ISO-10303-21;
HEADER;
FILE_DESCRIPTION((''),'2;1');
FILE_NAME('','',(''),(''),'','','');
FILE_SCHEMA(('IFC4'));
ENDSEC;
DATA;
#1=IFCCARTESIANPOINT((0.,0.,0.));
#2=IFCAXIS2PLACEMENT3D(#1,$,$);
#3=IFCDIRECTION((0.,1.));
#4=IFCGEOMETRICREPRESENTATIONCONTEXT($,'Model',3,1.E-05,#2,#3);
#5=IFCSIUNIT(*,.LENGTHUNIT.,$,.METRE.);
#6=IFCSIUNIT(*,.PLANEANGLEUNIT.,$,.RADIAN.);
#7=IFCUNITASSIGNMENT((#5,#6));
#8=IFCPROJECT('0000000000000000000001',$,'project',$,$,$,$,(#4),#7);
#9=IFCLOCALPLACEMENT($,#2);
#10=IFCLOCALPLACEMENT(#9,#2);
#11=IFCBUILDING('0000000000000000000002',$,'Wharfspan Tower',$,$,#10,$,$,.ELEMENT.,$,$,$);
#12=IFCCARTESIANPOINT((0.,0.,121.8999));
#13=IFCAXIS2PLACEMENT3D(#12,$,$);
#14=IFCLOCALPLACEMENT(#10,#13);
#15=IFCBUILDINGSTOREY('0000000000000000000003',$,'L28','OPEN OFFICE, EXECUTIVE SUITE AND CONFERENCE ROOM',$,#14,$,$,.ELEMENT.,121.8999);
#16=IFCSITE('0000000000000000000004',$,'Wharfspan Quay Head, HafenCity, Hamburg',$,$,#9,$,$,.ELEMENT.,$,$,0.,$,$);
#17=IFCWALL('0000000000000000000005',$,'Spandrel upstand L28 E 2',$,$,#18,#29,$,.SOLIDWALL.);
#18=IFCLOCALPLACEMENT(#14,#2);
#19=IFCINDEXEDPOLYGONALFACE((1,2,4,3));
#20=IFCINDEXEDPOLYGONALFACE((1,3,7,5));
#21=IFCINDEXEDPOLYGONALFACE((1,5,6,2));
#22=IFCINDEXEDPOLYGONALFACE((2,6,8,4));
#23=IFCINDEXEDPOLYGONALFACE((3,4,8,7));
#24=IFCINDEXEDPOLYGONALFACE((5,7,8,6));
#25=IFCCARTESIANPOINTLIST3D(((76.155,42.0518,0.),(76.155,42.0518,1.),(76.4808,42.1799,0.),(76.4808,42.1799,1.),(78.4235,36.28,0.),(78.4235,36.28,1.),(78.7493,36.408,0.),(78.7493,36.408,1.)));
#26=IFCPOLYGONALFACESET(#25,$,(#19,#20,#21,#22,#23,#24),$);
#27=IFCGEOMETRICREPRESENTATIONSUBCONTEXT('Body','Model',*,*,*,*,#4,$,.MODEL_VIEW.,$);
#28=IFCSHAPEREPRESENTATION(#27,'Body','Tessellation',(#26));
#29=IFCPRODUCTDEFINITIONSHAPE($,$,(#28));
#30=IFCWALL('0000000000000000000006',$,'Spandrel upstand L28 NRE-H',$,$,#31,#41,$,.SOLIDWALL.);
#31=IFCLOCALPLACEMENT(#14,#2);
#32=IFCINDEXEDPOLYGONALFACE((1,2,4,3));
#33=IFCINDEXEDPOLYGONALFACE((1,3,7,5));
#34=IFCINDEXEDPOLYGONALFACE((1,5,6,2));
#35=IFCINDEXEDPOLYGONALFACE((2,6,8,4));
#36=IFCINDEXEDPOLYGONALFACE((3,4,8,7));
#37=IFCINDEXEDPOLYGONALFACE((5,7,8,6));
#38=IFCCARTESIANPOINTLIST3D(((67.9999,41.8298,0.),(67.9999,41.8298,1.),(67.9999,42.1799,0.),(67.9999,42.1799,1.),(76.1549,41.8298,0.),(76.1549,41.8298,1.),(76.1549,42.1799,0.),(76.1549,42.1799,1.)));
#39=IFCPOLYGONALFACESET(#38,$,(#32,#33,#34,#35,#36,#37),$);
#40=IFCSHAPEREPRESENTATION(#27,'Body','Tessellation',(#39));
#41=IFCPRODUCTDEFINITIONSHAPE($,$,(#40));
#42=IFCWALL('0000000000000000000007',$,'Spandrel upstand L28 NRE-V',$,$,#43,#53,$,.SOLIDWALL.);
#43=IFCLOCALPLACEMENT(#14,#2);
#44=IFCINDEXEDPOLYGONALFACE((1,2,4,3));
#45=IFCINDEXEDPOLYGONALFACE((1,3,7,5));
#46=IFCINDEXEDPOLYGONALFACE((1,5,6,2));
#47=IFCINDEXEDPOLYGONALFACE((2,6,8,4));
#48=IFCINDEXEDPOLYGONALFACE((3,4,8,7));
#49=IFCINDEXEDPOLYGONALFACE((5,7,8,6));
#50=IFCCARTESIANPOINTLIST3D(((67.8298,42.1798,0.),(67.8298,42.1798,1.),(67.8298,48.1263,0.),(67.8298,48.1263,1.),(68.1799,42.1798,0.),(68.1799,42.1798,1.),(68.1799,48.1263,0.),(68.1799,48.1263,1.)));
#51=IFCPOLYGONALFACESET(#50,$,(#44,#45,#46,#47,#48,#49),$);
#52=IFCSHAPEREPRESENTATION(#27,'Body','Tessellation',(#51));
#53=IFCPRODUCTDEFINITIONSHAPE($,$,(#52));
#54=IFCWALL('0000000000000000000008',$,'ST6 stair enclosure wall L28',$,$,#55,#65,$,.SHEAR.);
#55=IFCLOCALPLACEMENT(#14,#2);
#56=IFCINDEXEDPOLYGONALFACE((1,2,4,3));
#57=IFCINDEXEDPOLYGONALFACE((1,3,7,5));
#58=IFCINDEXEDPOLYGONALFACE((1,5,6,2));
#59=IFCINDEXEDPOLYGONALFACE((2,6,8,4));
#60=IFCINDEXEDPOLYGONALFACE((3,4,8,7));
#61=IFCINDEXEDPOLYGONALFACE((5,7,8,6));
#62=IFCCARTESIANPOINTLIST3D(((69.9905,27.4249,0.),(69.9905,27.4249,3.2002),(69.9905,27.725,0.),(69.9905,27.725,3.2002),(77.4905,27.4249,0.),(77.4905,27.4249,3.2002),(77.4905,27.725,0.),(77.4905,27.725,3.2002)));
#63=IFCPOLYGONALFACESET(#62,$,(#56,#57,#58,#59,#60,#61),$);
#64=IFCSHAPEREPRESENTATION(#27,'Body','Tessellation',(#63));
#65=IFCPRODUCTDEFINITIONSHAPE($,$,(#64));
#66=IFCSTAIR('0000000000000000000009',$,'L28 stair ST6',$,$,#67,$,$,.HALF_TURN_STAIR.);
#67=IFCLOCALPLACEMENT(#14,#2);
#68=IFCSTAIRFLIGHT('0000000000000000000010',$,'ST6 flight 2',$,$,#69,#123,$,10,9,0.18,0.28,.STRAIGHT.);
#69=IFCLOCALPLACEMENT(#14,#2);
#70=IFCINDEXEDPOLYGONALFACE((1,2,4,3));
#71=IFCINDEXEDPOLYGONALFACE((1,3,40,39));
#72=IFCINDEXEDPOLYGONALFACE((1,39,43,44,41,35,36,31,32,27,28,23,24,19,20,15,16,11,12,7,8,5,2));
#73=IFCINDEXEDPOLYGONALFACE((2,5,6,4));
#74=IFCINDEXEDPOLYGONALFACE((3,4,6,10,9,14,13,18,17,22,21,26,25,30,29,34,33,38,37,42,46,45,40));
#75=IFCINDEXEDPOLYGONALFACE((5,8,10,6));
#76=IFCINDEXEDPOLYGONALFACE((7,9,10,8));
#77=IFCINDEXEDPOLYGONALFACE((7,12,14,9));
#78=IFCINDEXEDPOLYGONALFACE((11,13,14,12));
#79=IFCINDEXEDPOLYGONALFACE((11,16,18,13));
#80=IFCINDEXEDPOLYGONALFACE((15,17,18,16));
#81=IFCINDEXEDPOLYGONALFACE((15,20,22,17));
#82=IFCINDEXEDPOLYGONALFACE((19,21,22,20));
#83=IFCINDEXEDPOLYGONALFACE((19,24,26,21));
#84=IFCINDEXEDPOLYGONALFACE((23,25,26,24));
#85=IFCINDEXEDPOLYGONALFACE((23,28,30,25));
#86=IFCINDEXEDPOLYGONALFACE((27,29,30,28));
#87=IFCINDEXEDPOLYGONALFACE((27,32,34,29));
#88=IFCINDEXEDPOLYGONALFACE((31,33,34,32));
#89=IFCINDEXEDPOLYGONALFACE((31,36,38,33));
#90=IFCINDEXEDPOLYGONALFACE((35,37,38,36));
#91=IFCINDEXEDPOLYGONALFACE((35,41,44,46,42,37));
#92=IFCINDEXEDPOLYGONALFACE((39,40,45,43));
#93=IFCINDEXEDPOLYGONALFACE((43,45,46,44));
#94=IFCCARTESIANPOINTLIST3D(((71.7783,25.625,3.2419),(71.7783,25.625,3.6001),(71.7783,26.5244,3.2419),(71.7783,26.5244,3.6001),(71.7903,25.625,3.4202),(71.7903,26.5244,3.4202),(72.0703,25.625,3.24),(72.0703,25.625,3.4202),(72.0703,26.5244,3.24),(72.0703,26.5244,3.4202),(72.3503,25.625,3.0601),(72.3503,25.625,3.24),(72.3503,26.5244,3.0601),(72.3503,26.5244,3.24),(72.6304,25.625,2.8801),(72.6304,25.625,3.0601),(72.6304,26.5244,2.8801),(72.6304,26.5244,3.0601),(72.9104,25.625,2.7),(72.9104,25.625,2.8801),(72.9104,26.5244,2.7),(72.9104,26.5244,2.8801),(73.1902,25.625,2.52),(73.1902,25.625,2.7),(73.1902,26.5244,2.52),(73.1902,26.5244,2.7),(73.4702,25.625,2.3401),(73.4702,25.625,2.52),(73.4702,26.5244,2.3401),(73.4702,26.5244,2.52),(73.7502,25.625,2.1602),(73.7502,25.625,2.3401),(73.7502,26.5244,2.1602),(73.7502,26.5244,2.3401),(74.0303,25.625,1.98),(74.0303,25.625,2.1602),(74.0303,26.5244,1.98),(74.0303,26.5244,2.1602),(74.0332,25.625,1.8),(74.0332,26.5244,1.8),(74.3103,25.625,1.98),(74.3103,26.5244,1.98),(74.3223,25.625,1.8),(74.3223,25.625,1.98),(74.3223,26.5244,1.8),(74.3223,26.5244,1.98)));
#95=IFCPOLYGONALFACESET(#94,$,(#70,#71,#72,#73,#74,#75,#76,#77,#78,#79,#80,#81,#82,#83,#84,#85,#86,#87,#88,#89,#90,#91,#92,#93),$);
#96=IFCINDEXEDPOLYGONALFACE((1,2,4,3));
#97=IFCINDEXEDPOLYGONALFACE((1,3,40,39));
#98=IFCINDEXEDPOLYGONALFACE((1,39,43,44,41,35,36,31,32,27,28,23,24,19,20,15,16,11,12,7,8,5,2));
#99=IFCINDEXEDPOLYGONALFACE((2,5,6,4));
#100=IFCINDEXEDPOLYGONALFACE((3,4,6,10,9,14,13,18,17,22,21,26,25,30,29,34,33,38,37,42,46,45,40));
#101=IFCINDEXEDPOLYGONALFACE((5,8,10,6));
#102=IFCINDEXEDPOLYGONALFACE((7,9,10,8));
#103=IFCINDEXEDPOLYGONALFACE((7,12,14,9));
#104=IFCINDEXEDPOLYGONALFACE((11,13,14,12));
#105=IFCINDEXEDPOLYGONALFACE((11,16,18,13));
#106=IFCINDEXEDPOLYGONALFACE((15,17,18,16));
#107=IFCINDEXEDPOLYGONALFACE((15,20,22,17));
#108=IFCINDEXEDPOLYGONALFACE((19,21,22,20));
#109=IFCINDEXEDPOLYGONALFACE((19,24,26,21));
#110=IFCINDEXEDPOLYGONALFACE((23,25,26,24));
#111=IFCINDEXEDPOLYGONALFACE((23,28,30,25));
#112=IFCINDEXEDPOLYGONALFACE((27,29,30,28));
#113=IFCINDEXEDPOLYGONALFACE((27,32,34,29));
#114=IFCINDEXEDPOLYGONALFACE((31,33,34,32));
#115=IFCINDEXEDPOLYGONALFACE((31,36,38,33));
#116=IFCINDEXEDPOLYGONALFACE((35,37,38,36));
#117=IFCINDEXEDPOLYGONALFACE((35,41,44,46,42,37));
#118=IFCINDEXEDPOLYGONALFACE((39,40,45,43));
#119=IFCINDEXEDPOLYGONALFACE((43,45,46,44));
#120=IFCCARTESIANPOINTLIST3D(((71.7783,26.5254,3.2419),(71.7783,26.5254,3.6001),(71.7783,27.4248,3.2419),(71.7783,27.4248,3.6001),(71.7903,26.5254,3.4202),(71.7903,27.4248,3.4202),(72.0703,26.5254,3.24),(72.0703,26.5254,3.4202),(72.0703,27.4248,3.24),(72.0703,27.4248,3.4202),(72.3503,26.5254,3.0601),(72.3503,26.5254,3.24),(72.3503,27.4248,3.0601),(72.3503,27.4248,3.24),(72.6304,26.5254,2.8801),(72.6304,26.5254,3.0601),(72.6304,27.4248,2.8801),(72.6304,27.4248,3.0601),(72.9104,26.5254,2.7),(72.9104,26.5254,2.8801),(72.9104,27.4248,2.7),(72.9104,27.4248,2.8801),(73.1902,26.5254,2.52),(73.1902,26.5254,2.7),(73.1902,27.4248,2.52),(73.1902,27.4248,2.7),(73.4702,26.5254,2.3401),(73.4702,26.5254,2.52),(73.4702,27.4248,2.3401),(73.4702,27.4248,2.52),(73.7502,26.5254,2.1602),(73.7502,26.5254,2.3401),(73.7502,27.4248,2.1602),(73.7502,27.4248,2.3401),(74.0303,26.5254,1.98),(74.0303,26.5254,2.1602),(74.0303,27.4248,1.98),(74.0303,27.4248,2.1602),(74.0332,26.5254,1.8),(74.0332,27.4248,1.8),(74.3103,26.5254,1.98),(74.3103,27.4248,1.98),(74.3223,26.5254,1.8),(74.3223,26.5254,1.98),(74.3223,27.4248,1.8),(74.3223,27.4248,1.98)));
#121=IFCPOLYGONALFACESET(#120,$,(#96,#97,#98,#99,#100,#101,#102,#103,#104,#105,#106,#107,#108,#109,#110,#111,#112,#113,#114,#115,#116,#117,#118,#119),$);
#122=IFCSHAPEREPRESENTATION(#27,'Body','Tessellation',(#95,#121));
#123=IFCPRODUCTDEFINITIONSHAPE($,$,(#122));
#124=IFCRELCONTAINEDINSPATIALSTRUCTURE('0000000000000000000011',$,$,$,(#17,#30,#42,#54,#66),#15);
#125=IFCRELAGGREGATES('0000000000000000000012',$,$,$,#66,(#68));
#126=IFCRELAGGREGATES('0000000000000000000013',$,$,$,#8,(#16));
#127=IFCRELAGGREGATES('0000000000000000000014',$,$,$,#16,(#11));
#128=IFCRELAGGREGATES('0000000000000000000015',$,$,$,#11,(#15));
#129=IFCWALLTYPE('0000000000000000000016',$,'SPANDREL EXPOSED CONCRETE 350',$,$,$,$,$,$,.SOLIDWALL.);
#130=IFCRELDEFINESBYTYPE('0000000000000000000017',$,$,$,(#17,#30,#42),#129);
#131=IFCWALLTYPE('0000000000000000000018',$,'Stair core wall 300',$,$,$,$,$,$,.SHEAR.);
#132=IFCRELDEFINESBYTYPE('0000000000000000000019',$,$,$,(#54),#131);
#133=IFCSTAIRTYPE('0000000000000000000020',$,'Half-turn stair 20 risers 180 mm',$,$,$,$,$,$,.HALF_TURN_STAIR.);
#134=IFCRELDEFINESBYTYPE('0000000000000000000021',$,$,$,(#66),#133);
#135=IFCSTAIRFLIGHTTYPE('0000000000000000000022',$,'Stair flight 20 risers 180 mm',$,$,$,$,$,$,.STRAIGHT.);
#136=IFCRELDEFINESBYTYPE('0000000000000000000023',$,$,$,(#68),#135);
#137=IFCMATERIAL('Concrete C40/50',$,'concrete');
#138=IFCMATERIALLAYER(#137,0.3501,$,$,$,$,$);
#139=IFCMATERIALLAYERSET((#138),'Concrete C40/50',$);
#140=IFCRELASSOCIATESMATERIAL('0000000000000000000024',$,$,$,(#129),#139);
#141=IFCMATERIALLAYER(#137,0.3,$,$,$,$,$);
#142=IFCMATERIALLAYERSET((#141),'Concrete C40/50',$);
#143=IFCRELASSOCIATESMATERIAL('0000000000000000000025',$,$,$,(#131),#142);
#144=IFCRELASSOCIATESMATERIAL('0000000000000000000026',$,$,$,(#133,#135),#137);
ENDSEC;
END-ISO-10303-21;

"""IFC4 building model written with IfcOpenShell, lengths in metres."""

from ifc_helpers import new_model, si_unit, direction, frame, frame_2d, origin, place, context, subcontext, project, spatial, polyline, rectangle, outline, extrude, material, layer, layer_set, type_object, element, aggregate, save


model = new_model("IFC4")

# Units and contexts
model_context = context("Model", 3, precision=1e-05, world=origin(), true_north=direction((0.0, 1.0)))
body_context = subcontext(model_context, "Body", "Model", "MODEL_VIEW")
ifc_project = project(units=[si_unit("LENGTHUNIT", "METRE"), si_unit("PLANEANGLEUNIT", "RADIAN")], contexts=[model_context])

# Site, building, storey
site_placement = place(None, origin())
site = spatial("IfcSite", under=ifc_project, at=site_placement, Name="Wharfspan Quay Head, HafenCity, Hamburg", CompositionType="ELEMENT", RefElevation=0.0)
building_placement = place(site_placement, origin())
building = spatial("IfcBuilding", under=site, at=building_placement, Name="Wharfspan Tower", CompositionType="ELEMENT")
storey_placement = place(building_placement, frame((0.0, 0.0, 121.8999)))
storey = spatial("IfcBuildingStorey", under=building, at=storey_placement, Name="L28", Description="OPEN OFFICE, EXECUTIVE SUITE AND CONFERENCE ROOM", CompositionType="ELEMENT", Elevation=121.8999)

# Walls
ifc_material_1 = material(Name="Concrete C40/50", Category="concrete")
ifc_layer_1 = layer(ifc_material_1, 0.3501)
ifc_layer_set_1 = layer_set([ifc_layer_1], Name="Concrete C40/50")
wall_type_1 = type_object("IfcWallType", Name="SPANDREL EXPOSED CONCRETE 350", PredefinedType="SOLIDWALL", material=ifc_layer_set_1)
wall_1_placement = place(storey_placement, frame((78.5864, 36.344, 0.0), z_axis=(0.0, 0.0, 1.0), x_axis=(-0.365792, 0.930699, 0.0)))
element("IfcWall", 1, at=wall_1_placement, inside=storey, type_object=wall_type_1, Name="Spandrel upstand L28 E 2", PredefinedType="SOLIDWALL", context=body_context, shape_type="SweptSolid", body=[
    extrude(rectangle(XDim=6.2017, YDim=0.3501, at=frame_2d((3.1008, 0.0))), origin(), (0.0, 0.0, 1.0), 1.0),
])
wall_2_placement = place(storey_placement, frame((76.155, 42.0049, 0.0), z_axis=(0.0, 0.0, 1.0), x_axis=(-1.0, 0.0, 0.0)))
element("IfcWall", 2, at=wall_2_placement, inside=storey, type_object=wall_type_1, Name="Spandrel upstand L28 NRE-H", PredefinedType="SOLIDWALL", context=body_context, shape_type="SweptSolid", body=[
    extrude(rectangle(XDim=8.155, YDim=0.3501, at=frame_2d((4.0776, 0.0))), origin(), (0.0, 0.0, 1.0), 1.0),
])
wall_3_placement = place(storey_placement, frame((68.0049, 42.1799, 0.0), z_axis=(0.0, 0.0, 1.0), x_axis=(0.0, 1.0, 0.0)))
element("IfcWall", 3, at=wall_3_placement, inside=storey, type_object=wall_type_1, Name="Spandrel upstand L28 NRE-V", PredefinedType="SOLIDWALL", context=body_context, shape_type="SweptSolid", body=[
    extrude(rectangle(XDim=5.9465, YDim=0.3501, at=frame_2d((2.9731, 0.0))), origin(), (0.0, 0.0, 1.0), 1.0),
])
ifc_layer_2 = layer(ifc_material_1, 0.3)
ifc_layer_set_2 = layer_set([ifc_layer_2], Name="Concrete C40/50")
wall_type_2 = type_object("IfcWallType", Name="Stair core wall 300", PredefinedType="SHEAR", material=ifc_layer_set_2)
wall_4_placement = place(storey_placement, frame((69.9905, 27.575, 0.0), z_axis=(0.0, 0.0, 1.0), x_axis=(1.0, 0.0, 0.0)))
element("IfcWall", 4, at=wall_4_placement, inside=storey, type_object=wall_type_2, Name="ST6 stair enclosure wall L28", PredefinedType="SHEAR", context=body_context, shape_type="SweptSolid", body=[
    extrude(rectangle(XDim=7.5, YDim=0.3, at=frame_2d((3.75, 0.0))), origin(), (0.0, 0.0, 1.0), 3.2002),
])

# Stair, stair flight
stair_type = type_object("IfcStairType", Name="Half-turn stair 20 risers 180 mm", PredefinedType="HALF_TURN_STAIR", material=ifc_material_1)
stair_placement = place(storey_placement, origin())
stair = element("IfcStair", 5, at=stair_placement, inside=storey, type_object=stair_type, Name="L28 stair ST6", PredefinedType="HALF_TURN_STAIR")
stair_flight_type = type_object("IfcStairFlightType", Name="Stair flight 20 risers 180 mm", PredefinedType="STRAIGHT", material=ifc_material_1)
stair_flight_placement = place(storey_placement, frame((74.3103, 26.5249, 1.8), z_axis=(0.0, 0.0, 1.0), x_axis=(-1.0, 0.0, 0.0)))
stair_flight = element("IfcStairFlight", 6, at=stair_flight_placement, type_object=stair_flight_type, Name="ST6 flight 2", NumberOfRisers=10, NumberOfTreads=9, PredefinedType="STRAIGHT", RiserHeight=0.18, TreadLength=0.28, context=body_context, shape_type="SweptSolid", body=[
    extrude(outline(polyline([(-0.012, 0.0), (-0.012, 0.1799), (0.0, 0.1799), (0.28, 0.1799), (0.28, 0.3601), (0.5601, 0.3601), (0.5601, 0.54), (0.8401, 0.54), (0.8401, 0.72), (1.1201, 0.72), (1.1201, 0.8999), (1.3999, 0.8999), (1.3999, 1.0801), (1.6799, 1.0801), (1.6799, 1.26), (1.96, 1.26), (1.96, 1.4399), (2.24, 1.4399), (2.24, 1.6201), (2.52, 1.6201), (2.532, 1.8), (2.532, 1.4419), (0.2771, 0.0), (-0.012, 0.0)])), frame((0.0, 0.8999, 0.0), z_axis=(0.0, -1.0, 0.0), x_axis=(1.0, 0.0, 0.0)), (0.0, 0.0, 1.0), 0.8994),
    extrude(outline(polyline([(-0.012, 0.0), (-0.012, 0.1799), (0.0, 0.1799), (0.28, 0.1799), (0.28, 0.3601), (0.5601, 0.3601), (0.5601, 0.54), (0.8401, 0.54), (0.8401, 0.72), (1.1201, 0.72), (1.1201, 0.8999), (1.3999, 0.8999), (1.3999, 1.0801), (1.6799, 1.0801), (1.6799, 1.26), (1.96, 1.26), (1.96, 1.4399), (2.24, 1.4399), (2.24, 1.6201), (2.52, 1.6201), (2.532, 1.8), (2.532, 1.4419), (0.2771, 0.0), (-0.012, 0.0)])), frame((0.0, -0.0005, 0.0), z_axis=(0.0, -1.0, 0.0), x_axis=(1.0, 0.0, 0.0)), (0.0, 0.0, 1.0), 0.8994),
])
aggregate(stair, [stair_flight])

save(model, "model.ifc")
